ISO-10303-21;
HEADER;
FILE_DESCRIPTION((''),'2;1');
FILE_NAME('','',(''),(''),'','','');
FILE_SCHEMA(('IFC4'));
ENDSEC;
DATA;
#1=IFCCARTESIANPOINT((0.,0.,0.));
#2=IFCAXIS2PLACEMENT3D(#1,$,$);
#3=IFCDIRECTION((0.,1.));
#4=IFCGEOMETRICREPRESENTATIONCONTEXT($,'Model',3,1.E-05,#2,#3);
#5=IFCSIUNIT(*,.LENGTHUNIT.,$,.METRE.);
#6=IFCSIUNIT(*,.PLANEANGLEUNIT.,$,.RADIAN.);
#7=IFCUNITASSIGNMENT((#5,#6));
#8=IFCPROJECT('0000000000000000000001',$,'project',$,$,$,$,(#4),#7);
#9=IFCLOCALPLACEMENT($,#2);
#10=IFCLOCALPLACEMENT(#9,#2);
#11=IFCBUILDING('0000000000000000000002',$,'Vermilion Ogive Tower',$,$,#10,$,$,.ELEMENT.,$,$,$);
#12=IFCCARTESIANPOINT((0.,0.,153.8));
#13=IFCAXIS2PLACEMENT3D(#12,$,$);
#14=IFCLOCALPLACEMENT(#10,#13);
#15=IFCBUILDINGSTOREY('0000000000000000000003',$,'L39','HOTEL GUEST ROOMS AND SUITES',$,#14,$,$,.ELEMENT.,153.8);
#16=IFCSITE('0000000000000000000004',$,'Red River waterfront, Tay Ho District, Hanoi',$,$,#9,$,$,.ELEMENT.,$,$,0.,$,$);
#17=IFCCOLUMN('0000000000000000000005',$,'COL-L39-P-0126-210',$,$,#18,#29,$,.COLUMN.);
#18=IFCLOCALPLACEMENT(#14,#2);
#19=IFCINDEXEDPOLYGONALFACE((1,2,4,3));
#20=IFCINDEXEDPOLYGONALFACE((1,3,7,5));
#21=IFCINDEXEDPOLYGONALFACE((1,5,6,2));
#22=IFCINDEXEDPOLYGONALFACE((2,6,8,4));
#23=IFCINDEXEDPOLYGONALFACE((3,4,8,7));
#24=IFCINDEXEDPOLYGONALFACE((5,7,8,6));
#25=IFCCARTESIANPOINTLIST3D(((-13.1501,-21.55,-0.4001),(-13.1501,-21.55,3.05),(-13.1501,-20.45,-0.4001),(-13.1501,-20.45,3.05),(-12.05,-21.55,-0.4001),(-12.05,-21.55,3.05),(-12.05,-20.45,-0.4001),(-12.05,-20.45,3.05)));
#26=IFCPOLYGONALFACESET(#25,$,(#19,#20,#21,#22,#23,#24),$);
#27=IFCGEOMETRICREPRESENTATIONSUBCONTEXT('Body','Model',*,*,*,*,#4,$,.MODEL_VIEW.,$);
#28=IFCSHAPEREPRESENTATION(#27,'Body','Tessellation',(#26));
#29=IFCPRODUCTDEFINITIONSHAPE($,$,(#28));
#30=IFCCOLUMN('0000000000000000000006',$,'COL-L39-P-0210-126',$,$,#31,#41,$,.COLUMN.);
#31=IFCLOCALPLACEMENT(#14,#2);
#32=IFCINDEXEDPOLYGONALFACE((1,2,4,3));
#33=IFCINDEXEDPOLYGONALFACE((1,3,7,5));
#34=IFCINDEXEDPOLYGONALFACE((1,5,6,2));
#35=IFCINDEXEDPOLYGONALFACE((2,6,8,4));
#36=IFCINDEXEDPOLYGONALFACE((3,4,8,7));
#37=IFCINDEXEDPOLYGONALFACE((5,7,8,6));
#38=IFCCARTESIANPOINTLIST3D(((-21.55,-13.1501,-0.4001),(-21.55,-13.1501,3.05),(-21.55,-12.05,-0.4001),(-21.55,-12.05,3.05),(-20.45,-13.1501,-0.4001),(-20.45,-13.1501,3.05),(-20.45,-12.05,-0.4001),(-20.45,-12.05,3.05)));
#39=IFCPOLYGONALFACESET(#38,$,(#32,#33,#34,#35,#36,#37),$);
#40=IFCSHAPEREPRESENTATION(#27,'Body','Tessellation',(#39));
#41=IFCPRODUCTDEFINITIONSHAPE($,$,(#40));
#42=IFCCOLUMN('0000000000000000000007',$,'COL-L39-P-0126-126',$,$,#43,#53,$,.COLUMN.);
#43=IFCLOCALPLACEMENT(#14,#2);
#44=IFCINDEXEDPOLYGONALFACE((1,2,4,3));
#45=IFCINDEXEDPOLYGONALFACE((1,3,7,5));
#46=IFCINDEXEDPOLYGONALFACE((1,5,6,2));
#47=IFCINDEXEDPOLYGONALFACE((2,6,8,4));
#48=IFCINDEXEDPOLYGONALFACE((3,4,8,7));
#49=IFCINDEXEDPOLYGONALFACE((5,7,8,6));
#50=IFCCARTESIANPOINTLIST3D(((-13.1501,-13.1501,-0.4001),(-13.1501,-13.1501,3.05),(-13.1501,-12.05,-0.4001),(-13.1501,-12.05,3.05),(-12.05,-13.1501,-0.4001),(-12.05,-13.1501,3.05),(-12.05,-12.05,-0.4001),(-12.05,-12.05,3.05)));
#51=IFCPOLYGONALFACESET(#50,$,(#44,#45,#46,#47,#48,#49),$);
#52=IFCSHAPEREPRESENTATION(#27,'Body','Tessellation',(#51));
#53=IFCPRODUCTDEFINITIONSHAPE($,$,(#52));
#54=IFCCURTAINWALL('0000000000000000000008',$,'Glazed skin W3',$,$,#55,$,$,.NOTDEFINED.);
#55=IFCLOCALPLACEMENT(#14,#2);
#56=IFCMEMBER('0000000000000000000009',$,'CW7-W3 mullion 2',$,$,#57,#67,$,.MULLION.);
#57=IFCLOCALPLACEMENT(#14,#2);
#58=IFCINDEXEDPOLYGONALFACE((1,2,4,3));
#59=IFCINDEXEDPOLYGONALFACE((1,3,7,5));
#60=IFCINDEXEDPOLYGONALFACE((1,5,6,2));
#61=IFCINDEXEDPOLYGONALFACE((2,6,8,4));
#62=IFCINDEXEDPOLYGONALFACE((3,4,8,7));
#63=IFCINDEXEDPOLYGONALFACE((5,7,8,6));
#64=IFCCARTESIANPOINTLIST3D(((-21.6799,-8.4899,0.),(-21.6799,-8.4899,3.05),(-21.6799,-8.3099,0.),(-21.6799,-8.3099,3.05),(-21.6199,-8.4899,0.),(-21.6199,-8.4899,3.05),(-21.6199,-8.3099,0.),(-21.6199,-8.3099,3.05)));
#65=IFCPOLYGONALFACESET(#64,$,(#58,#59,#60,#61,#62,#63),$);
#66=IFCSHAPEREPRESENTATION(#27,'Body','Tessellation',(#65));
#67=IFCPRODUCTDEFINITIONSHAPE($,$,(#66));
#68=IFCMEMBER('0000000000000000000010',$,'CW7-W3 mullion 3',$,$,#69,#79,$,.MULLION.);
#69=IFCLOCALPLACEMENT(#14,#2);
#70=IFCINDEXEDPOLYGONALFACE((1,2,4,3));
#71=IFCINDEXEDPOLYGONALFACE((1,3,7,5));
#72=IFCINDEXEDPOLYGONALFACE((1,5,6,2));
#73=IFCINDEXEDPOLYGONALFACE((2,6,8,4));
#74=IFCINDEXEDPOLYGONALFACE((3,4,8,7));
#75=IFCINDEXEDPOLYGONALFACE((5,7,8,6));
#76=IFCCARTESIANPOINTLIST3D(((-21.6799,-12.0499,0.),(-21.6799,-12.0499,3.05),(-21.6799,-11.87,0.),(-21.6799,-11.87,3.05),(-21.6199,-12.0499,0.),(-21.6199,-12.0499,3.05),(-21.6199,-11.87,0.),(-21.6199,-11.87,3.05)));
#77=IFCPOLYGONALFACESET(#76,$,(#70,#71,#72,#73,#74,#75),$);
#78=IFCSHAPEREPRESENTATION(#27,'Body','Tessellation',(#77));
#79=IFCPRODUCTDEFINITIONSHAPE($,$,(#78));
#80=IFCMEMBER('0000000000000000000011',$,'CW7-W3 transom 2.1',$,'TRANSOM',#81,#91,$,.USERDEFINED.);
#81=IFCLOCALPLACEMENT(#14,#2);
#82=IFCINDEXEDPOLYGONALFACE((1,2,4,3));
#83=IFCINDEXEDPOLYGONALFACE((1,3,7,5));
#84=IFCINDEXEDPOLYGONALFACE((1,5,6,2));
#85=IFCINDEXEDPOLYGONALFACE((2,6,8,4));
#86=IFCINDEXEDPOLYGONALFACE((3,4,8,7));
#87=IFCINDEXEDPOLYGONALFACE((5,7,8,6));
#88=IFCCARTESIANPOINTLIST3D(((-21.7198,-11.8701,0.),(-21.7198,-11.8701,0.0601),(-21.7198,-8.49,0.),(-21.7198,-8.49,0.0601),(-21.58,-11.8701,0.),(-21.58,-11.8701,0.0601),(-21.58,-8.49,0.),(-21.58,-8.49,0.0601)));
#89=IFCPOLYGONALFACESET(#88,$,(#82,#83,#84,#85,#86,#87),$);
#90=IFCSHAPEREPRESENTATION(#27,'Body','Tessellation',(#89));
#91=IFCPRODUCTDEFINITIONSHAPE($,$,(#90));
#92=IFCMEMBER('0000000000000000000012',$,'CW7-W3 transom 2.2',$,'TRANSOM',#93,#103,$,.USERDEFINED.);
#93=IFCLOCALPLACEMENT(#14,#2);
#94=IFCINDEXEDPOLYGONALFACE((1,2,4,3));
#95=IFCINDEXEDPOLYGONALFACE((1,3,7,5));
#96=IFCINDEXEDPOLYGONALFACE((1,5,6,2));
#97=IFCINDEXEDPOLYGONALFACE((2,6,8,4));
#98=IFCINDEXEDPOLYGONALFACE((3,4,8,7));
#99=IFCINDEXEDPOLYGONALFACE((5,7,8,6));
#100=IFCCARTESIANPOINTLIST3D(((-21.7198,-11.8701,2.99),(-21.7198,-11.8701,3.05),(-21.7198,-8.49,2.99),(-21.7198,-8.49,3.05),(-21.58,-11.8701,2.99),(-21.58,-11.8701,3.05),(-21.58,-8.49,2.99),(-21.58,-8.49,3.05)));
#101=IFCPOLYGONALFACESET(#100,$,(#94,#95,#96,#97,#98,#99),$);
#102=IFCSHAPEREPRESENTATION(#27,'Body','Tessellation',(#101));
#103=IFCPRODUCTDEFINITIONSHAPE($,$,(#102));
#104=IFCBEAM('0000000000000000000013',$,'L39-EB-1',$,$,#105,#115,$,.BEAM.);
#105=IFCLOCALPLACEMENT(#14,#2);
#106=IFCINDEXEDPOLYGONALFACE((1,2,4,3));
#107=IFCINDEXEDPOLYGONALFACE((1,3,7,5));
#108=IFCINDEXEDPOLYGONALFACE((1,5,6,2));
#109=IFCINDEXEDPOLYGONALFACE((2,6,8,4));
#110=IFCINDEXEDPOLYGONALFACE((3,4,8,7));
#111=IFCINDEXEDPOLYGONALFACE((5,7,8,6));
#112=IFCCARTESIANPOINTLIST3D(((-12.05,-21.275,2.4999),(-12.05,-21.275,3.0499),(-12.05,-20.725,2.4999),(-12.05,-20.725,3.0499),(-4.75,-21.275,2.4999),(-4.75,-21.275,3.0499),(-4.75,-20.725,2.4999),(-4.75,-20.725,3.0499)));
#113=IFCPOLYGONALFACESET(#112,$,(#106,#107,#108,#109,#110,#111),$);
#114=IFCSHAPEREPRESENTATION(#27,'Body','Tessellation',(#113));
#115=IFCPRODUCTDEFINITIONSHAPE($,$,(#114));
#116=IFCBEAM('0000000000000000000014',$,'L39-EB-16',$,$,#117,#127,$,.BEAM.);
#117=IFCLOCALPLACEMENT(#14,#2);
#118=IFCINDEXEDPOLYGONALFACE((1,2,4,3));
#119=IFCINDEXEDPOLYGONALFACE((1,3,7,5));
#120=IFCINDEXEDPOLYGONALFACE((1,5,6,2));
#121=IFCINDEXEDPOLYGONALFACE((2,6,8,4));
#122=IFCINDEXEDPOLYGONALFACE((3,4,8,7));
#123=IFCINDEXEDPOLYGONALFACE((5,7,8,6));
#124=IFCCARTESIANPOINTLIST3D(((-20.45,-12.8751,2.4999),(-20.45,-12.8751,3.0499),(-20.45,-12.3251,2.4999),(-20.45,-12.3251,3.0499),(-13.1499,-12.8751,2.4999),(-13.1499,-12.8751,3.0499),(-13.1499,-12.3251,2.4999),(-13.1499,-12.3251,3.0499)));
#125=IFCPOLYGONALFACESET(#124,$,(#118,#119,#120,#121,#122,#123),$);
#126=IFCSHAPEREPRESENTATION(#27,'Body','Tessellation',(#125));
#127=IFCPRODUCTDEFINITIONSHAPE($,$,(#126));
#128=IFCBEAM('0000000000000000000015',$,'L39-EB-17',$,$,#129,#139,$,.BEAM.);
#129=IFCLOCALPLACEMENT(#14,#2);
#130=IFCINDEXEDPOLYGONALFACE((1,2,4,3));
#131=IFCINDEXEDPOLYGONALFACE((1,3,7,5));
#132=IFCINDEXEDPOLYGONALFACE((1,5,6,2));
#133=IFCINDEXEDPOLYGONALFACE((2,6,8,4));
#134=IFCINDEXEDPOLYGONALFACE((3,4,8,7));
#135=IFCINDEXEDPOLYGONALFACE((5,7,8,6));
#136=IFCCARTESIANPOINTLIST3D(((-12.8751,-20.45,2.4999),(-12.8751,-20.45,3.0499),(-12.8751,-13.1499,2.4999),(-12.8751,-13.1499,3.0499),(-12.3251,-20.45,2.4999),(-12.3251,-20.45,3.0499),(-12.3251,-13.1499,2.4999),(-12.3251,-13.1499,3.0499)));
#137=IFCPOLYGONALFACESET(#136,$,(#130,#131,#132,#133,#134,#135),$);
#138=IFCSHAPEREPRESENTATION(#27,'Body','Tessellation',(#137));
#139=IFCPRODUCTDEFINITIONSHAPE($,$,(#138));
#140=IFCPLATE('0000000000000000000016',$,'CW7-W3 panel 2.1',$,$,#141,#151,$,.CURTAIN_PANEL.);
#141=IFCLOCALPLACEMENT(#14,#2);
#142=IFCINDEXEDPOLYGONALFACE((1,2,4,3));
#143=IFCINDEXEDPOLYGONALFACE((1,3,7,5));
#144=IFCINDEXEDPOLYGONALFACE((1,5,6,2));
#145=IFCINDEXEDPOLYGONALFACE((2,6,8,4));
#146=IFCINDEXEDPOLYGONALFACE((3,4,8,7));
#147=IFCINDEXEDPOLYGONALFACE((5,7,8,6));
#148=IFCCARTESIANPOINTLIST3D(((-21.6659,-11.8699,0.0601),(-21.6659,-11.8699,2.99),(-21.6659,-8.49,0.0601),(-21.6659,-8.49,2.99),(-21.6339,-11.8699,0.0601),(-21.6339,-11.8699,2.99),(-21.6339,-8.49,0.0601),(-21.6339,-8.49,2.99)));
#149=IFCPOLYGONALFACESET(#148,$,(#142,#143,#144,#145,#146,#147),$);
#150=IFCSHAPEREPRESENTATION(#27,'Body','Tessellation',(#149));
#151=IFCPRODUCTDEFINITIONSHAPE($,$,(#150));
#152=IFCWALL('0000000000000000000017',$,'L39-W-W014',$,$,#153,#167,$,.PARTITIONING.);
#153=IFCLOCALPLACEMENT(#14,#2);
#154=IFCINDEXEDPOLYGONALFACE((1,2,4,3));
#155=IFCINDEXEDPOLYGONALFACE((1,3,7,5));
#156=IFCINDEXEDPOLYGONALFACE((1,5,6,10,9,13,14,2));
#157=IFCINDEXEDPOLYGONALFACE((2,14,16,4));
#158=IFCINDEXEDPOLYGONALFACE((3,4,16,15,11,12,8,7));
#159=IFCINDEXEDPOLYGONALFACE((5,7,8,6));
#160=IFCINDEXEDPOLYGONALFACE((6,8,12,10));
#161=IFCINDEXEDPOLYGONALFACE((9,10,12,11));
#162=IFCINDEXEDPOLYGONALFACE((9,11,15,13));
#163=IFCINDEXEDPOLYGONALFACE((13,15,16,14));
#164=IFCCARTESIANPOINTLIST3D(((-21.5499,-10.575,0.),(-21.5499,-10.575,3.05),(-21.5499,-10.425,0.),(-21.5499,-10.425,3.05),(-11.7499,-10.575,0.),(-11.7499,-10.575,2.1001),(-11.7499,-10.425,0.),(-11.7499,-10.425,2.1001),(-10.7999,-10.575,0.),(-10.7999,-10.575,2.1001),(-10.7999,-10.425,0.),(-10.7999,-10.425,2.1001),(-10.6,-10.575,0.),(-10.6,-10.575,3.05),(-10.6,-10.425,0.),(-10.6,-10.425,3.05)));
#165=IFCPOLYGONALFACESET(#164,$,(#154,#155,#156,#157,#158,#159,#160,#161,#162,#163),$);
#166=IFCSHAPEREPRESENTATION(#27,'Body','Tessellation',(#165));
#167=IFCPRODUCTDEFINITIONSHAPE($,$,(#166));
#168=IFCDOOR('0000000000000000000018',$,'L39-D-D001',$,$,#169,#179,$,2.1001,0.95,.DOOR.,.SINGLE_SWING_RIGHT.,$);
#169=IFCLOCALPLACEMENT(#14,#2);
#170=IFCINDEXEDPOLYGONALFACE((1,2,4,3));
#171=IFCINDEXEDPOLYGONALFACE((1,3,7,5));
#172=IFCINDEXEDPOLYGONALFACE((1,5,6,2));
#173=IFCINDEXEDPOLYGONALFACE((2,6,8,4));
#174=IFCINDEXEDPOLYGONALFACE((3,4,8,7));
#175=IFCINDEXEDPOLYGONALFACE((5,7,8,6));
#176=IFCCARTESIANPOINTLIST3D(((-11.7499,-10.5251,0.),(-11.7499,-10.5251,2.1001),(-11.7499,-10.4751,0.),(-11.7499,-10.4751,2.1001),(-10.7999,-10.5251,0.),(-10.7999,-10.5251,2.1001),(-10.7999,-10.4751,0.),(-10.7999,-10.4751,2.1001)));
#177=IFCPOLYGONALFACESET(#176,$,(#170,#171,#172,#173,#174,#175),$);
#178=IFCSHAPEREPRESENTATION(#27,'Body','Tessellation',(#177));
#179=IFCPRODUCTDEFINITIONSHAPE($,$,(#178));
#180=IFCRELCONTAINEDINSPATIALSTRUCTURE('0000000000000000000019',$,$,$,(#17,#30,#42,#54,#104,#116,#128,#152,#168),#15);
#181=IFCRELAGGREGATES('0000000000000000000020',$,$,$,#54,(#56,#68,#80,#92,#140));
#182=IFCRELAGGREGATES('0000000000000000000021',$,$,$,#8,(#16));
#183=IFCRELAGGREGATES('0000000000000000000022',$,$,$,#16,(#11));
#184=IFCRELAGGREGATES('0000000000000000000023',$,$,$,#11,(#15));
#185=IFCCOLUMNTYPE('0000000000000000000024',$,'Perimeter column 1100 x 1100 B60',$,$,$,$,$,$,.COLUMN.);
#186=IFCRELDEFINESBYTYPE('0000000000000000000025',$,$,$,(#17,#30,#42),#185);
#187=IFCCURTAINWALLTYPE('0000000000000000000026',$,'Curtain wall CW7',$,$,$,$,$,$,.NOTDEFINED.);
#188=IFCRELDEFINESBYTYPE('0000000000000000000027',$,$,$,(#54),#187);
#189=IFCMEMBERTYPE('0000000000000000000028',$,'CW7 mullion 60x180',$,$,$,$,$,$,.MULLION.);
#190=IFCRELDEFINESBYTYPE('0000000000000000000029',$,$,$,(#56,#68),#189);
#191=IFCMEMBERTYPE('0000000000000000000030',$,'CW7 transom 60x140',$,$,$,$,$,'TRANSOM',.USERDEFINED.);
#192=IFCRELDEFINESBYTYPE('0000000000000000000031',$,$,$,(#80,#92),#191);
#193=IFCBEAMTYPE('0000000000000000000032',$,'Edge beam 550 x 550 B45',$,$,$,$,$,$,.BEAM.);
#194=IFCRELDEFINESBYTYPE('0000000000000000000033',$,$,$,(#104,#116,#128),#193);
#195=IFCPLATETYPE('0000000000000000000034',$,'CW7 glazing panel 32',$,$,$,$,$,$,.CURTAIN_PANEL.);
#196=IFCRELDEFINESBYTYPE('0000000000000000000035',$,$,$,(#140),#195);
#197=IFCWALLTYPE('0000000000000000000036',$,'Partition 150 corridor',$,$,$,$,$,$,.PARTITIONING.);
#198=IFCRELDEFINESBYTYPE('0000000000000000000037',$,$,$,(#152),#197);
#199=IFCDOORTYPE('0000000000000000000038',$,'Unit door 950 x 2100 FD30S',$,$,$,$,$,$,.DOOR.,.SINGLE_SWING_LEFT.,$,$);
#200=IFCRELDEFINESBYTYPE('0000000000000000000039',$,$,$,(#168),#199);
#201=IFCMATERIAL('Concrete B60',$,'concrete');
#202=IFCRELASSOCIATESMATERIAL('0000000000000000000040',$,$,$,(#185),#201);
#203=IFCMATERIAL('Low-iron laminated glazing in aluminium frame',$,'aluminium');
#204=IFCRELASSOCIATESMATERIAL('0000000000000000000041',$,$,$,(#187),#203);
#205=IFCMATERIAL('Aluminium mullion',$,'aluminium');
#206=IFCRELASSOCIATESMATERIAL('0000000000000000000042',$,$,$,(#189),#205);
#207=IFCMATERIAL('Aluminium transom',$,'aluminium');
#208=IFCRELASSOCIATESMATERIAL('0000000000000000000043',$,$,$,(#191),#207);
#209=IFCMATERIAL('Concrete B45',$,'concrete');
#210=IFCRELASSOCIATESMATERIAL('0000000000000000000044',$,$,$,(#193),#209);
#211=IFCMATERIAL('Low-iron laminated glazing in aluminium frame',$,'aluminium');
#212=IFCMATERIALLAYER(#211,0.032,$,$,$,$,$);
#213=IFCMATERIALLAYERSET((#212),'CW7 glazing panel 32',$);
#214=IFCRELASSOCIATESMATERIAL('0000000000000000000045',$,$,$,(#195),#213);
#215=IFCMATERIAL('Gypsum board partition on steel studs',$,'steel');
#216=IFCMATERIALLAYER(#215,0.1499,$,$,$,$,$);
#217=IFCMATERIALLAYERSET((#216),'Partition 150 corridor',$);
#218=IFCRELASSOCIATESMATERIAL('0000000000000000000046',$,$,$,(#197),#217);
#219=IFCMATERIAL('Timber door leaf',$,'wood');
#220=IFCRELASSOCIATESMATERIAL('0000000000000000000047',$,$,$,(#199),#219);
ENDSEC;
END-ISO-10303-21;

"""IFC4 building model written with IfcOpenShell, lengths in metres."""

from ifc_helpers import new_model, si_unit, direction, frame, frame_2d, origin, origin_2d, place, context, subcontext, project, spatial, rectangle, extrude, material, layer, layer_set, material_profile, profile_set, type_object, element, fill, aggregate, save


model = new_model("IFC4")

# Units and contexts
model_context = context("Model", 3, precision=1e-05, world=origin(), true_north=direction((0.0, 1.0)))
body_context = subcontext(model_context, "Body", "Model", "MODEL_VIEW")
ifc_project = project(units=[si_unit("LENGTHUNIT", "METRE"), si_unit("PLANEANGLEUNIT", "RADIAN")], contexts=[model_context])

# Site, building, storey
site_placement = place(None, origin())
site = spatial("IfcSite", under=ifc_project, at=site_placement, Name="Red River waterfront, Tay Ho District, Hanoi", CompositionType="ELEMENT", RefElevation=0.0)
building_placement = place(site_placement, origin())
building = spatial("IfcBuilding", under=site, at=building_placement, Name="Vermilion Ogive Tower", CompositionType="ELEMENT")
storey_placement = place(building_placement, frame((0.0, 0.0, 153.8)))
storey = spatial("IfcBuildingStorey", under=building, at=storey_placement, Name="L39", Description="HOTEL GUEST ROOMS AND SUITES", CompositionType="ELEMENT", Elevation=153.8)

# Columns
ifc_material_1 = material(Name="Concrete B60", Category="concrete")
ifc_material_profile_1 = material_profile(ifc_material_1, rectangle(XDim=1.1001, YDim=1.1001, at=origin_2d()), Name="1100 x 1100")
ifc_profile_set_1 = profile_set([ifc_material_profile_1], Name="Concrete B60")
column_type = type_object("IfcColumnType", Name="Perimeter column 1100 x 1100 B60", PredefinedType="COLUMN", material=ifc_profile_set_1)
for number, where, z_axis, x_axis, name in (
    (1, (-12.6001, -21.0, -0.4001), (0.0, 0.0, 1.0), (1.0, 0.0, 0.0), "COL-L39-P-0126-210"),
    (2, (-21.0, -12.6001, -0.4001), (0.0, 0.0, 1.0), (1.0, 0.0, 0.0), "COL-L39-P-0210-126"),
    (3, (-12.6001, -12.6001, -0.4001), (0.0, 0.0, 1.0), (1.0, 0.0, 0.0), "COL-L39-P-0126-126"),
):
    element("IfcColumn", number, at=place(storey_placement, frame(where, z_axis=z_axis, x_axis=x_axis)), inside=storey, type_object=column_type, Name=name, PredefinedType="COLUMN", context=body_context, shape_type="SweptSolid", body=[
        extrude(rectangle(XDim=1.1001, YDim=1.1001, at=origin_2d()), origin(), (0.0, 0.0, 1.0), 3.4502),
    ])

# Curtain wall, members
ifc_material_2 = material(Name="Low-iron laminated glazing in aluminium frame", Category="aluminium")
curtain_wall_type = type_object("IfcCurtainWallType", Name="Curtain wall CW7", PredefinedType="NOTDEFINED", material=ifc_material_2)
curtain_wall_placement = place(storey_placement, origin())
curtain_wall = element("IfcCurtainWall", 4, at=curtain_wall_placement, inside=storey, type_object=curtain_wall_type, Name="Glazed skin W3", PredefinedType="NOTDEFINED")
ifc_material_3 = material(Name="Aluminium mullion", Category="aluminium")
ifc_material_profile_2 = material_profile(ifc_material_3, rectangle(XDim=0.0601, YDim=0.1799, at=origin_2d()), Name="AL 60x180")
ifc_profile_set_2 = profile_set([ifc_material_profile_2], Name="Aluminium mullion")
member_type_1 = type_object("IfcMemberType", Name="CW7 mullion 60x180", PredefinedType="MULLION", material=ifc_profile_set_2)
member_1_placement = place(storey_placement, frame((-21.6499, -8.3999, 0.0), z_axis=(0.0, 0.0, 1.0), x_axis=(1.0, 0.0, 0.0)))
member_1 = element("IfcMember", 5, at=member_1_placement, type_object=member_type_1, Name="CW7-W3 mullion 2", PredefinedType="MULLION", context=body_context, shape_type="SweptSolid", body=[
    extrude(rectangle(XDim=0.0601, YDim=0.1799, at=origin_2d()), origin(), (0.0, 0.0, 1.0), 3.05),
])
member_2_placement = place(storey_placement, frame((-21.6499, -11.96, 0.0), z_axis=(0.0, 0.0, 1.0), x_axis=(1.0, 0.0, 0.0)))
member_2 = element("IfcMember", 6, at=member_2_placement, type_object=member_type_1, Name="CW7-W3 mullion 3", PredefinedType="MULLION", context=body_context, shape_type="SweptSolid", body=[
    extrude(rectangle(XDim=0.0601, YDim=0.1799, at=origin_2d()), origin(), (0.0, 0.0, 1.0), 3.05),
])
ifc_material_4 = material(Name="Aluminium transom", Category="aluminium")
ifc_material_profile_3 = material_profile(ifc_material_4, rectangle(XDim=0.1399, YDim=0.0601, at=origin_2d()), Name="AL 60x140")
ifc_profile_set_3 = profile_set([ifc_material_profile_3], Name="Aluminium transom")
member_type_2 = type_object("IfcMemberType", Name="CW7 transom 60x140", ElementType="TRANSOM", PredefinedType="USERDEFINED", material=ifc_profile_set_3)
member_3_placement = place(storey_placement, frame((-21.6499, -8.49, 0.03), z_axis=(0.0, -1.0, 0.0), x_axis=(1.0, 0.0, 0.0)))
member_3 = element("IfcMember", 7, at=member_3_placement, type_object=member_type_2, Name="CW7-W3 transom 2.1", ObjectType="TRANSOM", PredefinedType="USERDEFINED", context=body_context, shape_type="SweptSolid", body=[
    extrude(rectangle(XDim=0.1399, YDim=0.0601, at=origin_2d()), origin(), (0.0, 0.0, 1.0), 3.3801),
])
member_4_placement = place(storey_placement, frame((-21.6499, -8.49, 3.02), z_axis=(0.0, -1.0, 0.0), x_axis=(1.0, 0.0, 0.0)))
member_4 = element("IfcMember", 8, at=member_4_placement, type_object=member_type_2, Name="CW7-W3 transom 2.2", ObjectType="TRANSOM", PredefinedType="USERDEFINED", context=body_context, shape_type="SweptSolid", body=[
    extrude(rectangle(XDim=0.1399, YDim=0.0601, at=origin_2d()), origin(), (0.0, 0.0, 1.0), 3.3801),
])

# Beams
ifc_material_5 = material(Name="Concrete B45", Category="concrete")
ifc_material_profile_4 = material_profile(ifc_material_5, rectangle(XDim=0.55, YDim=0.55, at=origin_2d()), Name="550 x 550")
ifc_profile_set_4 = profile_set([ifc_material_profile_4], Name="Concrete B45")
beam_type = type_object("IfcBeamType", Name="Edge beam 550 x 550 B45", PredefinedType="BEAM", material=ifc_profile_set_4)
for number, where, z_axis, x_axis, name in (
    (9, (-12.05, -21.0, 2.7749), (1.0, 0.0, 0.0), (0.0, 1.0, 0.0), "L39-EB-1"),
    (10, (-20.45, -12.6001, 2.7749), (1.0, 0.0, 0.0), (0.0, 1.0, 0.0), "L39-EB-16"),
    (11, (-12.6001, -13.1499, 2.7749), (0.0, -1.0, 0.0), (1.0, 0.0, 0.0), "L39-EB-17"),
):
    element("IfcBeam", number, at=place(storey_placement, frame(where, z_axis=z_axis, x_axis=x_axis)), inside=storey, type_object=beam_type, Name=name, PredefinedType="BEAM", context=body_context, shape_type="SweptSolid", body=[
        extrude(rectangle(XDim=0.55, YDim=0.55, at=origin_2d()), origin(), (0.0, 0.0, 1.0), 7.3),
    ])

# Plate
ifc_material_6 = material(Name="Low-iron laminated glazing in aluminium frame", Category="aluminium")
ifc_layer_1 = layer(ifc_material_6, 0.032)
ifc_layer_set_1 = layer_set([ifc_layer_1], Name="CW7 glazing panel 32")
plate_type = type_object("IfcPlateType", Name="CW7 glazing panel 32", PredefinedType="CURTAIN_PANEL", material=ifc_layer_set_1)
plate_placement = place(storey_placement, frame((-21.6499, -10.1799, 0.0601), z_axis=(0.0, 0.0, 1.0), x_axis=(0.0, -1.0, 0.0)))
plate = element("IfcPlate", 12, at=plate_placement, type_object=plate_type, Name="CW7-W3 panel 2.1", PredefinedType="CURTAIN_PANEL", context=body_context, shape_type="SweptSolid", body=[
    extrude(rectangle(XDim=3.3799, YDim=0.032, at=origin_2d()), origin(), (0.0, 0.0, 1.0), 2.9299),
])
aggregate(curtain_wall, [member_1, member_2, member_3, member_4, plate])

# Wall, opening, door
ifc_material_7 = material(Name="Gypsum board partition on steel studs", Category="steel")
ifc_layer_2 = layer(ifc_material_7, 0.1499)
ifc_layer_set_2 = layer_set([ifc_layer_2], Name="Partition 150 corridor")
wall_type_1 = type_object("IfcWallType", Name="Partition 150 corridor", PredefinedType="PARTITIONING", material=ifc_layer_set_2)
wall_1_placement = place(storey_placement, frame((-21.55, -10.5, 0.0), z_axis=(0.0, 0.0, 1.0), x_axis=(1.0, 0.0, 0.0)))
wall_1 = element("IfcWall", 13, at=wall_1_placement, inside=storey, type_object=wall_type_1, Name="L39-W-W014", PredefinedType="PARTITIONING", context=body_context, shape_type="SweptSolid", body=[
    extrude(rectangle(XDim=10.95, YDim=0.1499, at=frame_2d((5.4751, 0.0))), origin(), (0.0, 0.0, 1.0), 3.05),
])
opening_1_placement = place(wall_1_placement, frame((9.8, 0.0, 0.0)))
opening_1 = element("IfcOpeningElement", 14, at=opening_1_placement, cuts=wall_1, PredefinedType="OPENING", context=body_context, shape_type="SweptSolid", body=[
    extrude(rectangle(XDim=0.95, YDim=2.1001, at=frame_2d((0.4751, 1.05))), frame((0.0, 0.085, 0.0), z_axis=(0.0, -1.0, 0.0), x_axis=(1.0, 0.0, 0.0)), (0.0, 0.0, 1.0), 0.1699),
])
ifc_material_8 = material(Name="Timber door leaf", Category="wood")
door_type_1 = type_object("IfcDoorType", Name="Unit door 950 x 2100 FD30S", OperationType="SINGLE_SWING_LEFT", PredefinedType="DOOR", material=ifc_material_8)
door_1_placement = place(opening_1_placement, origin())
door_1 = element("IfcDoor", 15, at=door_1_placement, inside=storey, type_object=door_type_1, Name="L39-D-D001", OperationType="SINGLE_SWING_RIGHT", OverallHeight=2.1001, OverallWidth=0.95, PredefinedType="DOOR", context=body_context, shape_type="SweptSolid", body=[
    extrude(rectangle(XDim=0.95, YDim=2.1001, at=frame_2d((0.4751, 1.05))), frame((0.0, 0.0249, 0.0), z_axis=(0.0, -1.0, 0.0), x_axis=(1.0, 0.0, 0.0)), (0.0, 0.0, 1.0), 0.05),
])
fill(opening_1, door_1)

save(model, "model.ifc")
